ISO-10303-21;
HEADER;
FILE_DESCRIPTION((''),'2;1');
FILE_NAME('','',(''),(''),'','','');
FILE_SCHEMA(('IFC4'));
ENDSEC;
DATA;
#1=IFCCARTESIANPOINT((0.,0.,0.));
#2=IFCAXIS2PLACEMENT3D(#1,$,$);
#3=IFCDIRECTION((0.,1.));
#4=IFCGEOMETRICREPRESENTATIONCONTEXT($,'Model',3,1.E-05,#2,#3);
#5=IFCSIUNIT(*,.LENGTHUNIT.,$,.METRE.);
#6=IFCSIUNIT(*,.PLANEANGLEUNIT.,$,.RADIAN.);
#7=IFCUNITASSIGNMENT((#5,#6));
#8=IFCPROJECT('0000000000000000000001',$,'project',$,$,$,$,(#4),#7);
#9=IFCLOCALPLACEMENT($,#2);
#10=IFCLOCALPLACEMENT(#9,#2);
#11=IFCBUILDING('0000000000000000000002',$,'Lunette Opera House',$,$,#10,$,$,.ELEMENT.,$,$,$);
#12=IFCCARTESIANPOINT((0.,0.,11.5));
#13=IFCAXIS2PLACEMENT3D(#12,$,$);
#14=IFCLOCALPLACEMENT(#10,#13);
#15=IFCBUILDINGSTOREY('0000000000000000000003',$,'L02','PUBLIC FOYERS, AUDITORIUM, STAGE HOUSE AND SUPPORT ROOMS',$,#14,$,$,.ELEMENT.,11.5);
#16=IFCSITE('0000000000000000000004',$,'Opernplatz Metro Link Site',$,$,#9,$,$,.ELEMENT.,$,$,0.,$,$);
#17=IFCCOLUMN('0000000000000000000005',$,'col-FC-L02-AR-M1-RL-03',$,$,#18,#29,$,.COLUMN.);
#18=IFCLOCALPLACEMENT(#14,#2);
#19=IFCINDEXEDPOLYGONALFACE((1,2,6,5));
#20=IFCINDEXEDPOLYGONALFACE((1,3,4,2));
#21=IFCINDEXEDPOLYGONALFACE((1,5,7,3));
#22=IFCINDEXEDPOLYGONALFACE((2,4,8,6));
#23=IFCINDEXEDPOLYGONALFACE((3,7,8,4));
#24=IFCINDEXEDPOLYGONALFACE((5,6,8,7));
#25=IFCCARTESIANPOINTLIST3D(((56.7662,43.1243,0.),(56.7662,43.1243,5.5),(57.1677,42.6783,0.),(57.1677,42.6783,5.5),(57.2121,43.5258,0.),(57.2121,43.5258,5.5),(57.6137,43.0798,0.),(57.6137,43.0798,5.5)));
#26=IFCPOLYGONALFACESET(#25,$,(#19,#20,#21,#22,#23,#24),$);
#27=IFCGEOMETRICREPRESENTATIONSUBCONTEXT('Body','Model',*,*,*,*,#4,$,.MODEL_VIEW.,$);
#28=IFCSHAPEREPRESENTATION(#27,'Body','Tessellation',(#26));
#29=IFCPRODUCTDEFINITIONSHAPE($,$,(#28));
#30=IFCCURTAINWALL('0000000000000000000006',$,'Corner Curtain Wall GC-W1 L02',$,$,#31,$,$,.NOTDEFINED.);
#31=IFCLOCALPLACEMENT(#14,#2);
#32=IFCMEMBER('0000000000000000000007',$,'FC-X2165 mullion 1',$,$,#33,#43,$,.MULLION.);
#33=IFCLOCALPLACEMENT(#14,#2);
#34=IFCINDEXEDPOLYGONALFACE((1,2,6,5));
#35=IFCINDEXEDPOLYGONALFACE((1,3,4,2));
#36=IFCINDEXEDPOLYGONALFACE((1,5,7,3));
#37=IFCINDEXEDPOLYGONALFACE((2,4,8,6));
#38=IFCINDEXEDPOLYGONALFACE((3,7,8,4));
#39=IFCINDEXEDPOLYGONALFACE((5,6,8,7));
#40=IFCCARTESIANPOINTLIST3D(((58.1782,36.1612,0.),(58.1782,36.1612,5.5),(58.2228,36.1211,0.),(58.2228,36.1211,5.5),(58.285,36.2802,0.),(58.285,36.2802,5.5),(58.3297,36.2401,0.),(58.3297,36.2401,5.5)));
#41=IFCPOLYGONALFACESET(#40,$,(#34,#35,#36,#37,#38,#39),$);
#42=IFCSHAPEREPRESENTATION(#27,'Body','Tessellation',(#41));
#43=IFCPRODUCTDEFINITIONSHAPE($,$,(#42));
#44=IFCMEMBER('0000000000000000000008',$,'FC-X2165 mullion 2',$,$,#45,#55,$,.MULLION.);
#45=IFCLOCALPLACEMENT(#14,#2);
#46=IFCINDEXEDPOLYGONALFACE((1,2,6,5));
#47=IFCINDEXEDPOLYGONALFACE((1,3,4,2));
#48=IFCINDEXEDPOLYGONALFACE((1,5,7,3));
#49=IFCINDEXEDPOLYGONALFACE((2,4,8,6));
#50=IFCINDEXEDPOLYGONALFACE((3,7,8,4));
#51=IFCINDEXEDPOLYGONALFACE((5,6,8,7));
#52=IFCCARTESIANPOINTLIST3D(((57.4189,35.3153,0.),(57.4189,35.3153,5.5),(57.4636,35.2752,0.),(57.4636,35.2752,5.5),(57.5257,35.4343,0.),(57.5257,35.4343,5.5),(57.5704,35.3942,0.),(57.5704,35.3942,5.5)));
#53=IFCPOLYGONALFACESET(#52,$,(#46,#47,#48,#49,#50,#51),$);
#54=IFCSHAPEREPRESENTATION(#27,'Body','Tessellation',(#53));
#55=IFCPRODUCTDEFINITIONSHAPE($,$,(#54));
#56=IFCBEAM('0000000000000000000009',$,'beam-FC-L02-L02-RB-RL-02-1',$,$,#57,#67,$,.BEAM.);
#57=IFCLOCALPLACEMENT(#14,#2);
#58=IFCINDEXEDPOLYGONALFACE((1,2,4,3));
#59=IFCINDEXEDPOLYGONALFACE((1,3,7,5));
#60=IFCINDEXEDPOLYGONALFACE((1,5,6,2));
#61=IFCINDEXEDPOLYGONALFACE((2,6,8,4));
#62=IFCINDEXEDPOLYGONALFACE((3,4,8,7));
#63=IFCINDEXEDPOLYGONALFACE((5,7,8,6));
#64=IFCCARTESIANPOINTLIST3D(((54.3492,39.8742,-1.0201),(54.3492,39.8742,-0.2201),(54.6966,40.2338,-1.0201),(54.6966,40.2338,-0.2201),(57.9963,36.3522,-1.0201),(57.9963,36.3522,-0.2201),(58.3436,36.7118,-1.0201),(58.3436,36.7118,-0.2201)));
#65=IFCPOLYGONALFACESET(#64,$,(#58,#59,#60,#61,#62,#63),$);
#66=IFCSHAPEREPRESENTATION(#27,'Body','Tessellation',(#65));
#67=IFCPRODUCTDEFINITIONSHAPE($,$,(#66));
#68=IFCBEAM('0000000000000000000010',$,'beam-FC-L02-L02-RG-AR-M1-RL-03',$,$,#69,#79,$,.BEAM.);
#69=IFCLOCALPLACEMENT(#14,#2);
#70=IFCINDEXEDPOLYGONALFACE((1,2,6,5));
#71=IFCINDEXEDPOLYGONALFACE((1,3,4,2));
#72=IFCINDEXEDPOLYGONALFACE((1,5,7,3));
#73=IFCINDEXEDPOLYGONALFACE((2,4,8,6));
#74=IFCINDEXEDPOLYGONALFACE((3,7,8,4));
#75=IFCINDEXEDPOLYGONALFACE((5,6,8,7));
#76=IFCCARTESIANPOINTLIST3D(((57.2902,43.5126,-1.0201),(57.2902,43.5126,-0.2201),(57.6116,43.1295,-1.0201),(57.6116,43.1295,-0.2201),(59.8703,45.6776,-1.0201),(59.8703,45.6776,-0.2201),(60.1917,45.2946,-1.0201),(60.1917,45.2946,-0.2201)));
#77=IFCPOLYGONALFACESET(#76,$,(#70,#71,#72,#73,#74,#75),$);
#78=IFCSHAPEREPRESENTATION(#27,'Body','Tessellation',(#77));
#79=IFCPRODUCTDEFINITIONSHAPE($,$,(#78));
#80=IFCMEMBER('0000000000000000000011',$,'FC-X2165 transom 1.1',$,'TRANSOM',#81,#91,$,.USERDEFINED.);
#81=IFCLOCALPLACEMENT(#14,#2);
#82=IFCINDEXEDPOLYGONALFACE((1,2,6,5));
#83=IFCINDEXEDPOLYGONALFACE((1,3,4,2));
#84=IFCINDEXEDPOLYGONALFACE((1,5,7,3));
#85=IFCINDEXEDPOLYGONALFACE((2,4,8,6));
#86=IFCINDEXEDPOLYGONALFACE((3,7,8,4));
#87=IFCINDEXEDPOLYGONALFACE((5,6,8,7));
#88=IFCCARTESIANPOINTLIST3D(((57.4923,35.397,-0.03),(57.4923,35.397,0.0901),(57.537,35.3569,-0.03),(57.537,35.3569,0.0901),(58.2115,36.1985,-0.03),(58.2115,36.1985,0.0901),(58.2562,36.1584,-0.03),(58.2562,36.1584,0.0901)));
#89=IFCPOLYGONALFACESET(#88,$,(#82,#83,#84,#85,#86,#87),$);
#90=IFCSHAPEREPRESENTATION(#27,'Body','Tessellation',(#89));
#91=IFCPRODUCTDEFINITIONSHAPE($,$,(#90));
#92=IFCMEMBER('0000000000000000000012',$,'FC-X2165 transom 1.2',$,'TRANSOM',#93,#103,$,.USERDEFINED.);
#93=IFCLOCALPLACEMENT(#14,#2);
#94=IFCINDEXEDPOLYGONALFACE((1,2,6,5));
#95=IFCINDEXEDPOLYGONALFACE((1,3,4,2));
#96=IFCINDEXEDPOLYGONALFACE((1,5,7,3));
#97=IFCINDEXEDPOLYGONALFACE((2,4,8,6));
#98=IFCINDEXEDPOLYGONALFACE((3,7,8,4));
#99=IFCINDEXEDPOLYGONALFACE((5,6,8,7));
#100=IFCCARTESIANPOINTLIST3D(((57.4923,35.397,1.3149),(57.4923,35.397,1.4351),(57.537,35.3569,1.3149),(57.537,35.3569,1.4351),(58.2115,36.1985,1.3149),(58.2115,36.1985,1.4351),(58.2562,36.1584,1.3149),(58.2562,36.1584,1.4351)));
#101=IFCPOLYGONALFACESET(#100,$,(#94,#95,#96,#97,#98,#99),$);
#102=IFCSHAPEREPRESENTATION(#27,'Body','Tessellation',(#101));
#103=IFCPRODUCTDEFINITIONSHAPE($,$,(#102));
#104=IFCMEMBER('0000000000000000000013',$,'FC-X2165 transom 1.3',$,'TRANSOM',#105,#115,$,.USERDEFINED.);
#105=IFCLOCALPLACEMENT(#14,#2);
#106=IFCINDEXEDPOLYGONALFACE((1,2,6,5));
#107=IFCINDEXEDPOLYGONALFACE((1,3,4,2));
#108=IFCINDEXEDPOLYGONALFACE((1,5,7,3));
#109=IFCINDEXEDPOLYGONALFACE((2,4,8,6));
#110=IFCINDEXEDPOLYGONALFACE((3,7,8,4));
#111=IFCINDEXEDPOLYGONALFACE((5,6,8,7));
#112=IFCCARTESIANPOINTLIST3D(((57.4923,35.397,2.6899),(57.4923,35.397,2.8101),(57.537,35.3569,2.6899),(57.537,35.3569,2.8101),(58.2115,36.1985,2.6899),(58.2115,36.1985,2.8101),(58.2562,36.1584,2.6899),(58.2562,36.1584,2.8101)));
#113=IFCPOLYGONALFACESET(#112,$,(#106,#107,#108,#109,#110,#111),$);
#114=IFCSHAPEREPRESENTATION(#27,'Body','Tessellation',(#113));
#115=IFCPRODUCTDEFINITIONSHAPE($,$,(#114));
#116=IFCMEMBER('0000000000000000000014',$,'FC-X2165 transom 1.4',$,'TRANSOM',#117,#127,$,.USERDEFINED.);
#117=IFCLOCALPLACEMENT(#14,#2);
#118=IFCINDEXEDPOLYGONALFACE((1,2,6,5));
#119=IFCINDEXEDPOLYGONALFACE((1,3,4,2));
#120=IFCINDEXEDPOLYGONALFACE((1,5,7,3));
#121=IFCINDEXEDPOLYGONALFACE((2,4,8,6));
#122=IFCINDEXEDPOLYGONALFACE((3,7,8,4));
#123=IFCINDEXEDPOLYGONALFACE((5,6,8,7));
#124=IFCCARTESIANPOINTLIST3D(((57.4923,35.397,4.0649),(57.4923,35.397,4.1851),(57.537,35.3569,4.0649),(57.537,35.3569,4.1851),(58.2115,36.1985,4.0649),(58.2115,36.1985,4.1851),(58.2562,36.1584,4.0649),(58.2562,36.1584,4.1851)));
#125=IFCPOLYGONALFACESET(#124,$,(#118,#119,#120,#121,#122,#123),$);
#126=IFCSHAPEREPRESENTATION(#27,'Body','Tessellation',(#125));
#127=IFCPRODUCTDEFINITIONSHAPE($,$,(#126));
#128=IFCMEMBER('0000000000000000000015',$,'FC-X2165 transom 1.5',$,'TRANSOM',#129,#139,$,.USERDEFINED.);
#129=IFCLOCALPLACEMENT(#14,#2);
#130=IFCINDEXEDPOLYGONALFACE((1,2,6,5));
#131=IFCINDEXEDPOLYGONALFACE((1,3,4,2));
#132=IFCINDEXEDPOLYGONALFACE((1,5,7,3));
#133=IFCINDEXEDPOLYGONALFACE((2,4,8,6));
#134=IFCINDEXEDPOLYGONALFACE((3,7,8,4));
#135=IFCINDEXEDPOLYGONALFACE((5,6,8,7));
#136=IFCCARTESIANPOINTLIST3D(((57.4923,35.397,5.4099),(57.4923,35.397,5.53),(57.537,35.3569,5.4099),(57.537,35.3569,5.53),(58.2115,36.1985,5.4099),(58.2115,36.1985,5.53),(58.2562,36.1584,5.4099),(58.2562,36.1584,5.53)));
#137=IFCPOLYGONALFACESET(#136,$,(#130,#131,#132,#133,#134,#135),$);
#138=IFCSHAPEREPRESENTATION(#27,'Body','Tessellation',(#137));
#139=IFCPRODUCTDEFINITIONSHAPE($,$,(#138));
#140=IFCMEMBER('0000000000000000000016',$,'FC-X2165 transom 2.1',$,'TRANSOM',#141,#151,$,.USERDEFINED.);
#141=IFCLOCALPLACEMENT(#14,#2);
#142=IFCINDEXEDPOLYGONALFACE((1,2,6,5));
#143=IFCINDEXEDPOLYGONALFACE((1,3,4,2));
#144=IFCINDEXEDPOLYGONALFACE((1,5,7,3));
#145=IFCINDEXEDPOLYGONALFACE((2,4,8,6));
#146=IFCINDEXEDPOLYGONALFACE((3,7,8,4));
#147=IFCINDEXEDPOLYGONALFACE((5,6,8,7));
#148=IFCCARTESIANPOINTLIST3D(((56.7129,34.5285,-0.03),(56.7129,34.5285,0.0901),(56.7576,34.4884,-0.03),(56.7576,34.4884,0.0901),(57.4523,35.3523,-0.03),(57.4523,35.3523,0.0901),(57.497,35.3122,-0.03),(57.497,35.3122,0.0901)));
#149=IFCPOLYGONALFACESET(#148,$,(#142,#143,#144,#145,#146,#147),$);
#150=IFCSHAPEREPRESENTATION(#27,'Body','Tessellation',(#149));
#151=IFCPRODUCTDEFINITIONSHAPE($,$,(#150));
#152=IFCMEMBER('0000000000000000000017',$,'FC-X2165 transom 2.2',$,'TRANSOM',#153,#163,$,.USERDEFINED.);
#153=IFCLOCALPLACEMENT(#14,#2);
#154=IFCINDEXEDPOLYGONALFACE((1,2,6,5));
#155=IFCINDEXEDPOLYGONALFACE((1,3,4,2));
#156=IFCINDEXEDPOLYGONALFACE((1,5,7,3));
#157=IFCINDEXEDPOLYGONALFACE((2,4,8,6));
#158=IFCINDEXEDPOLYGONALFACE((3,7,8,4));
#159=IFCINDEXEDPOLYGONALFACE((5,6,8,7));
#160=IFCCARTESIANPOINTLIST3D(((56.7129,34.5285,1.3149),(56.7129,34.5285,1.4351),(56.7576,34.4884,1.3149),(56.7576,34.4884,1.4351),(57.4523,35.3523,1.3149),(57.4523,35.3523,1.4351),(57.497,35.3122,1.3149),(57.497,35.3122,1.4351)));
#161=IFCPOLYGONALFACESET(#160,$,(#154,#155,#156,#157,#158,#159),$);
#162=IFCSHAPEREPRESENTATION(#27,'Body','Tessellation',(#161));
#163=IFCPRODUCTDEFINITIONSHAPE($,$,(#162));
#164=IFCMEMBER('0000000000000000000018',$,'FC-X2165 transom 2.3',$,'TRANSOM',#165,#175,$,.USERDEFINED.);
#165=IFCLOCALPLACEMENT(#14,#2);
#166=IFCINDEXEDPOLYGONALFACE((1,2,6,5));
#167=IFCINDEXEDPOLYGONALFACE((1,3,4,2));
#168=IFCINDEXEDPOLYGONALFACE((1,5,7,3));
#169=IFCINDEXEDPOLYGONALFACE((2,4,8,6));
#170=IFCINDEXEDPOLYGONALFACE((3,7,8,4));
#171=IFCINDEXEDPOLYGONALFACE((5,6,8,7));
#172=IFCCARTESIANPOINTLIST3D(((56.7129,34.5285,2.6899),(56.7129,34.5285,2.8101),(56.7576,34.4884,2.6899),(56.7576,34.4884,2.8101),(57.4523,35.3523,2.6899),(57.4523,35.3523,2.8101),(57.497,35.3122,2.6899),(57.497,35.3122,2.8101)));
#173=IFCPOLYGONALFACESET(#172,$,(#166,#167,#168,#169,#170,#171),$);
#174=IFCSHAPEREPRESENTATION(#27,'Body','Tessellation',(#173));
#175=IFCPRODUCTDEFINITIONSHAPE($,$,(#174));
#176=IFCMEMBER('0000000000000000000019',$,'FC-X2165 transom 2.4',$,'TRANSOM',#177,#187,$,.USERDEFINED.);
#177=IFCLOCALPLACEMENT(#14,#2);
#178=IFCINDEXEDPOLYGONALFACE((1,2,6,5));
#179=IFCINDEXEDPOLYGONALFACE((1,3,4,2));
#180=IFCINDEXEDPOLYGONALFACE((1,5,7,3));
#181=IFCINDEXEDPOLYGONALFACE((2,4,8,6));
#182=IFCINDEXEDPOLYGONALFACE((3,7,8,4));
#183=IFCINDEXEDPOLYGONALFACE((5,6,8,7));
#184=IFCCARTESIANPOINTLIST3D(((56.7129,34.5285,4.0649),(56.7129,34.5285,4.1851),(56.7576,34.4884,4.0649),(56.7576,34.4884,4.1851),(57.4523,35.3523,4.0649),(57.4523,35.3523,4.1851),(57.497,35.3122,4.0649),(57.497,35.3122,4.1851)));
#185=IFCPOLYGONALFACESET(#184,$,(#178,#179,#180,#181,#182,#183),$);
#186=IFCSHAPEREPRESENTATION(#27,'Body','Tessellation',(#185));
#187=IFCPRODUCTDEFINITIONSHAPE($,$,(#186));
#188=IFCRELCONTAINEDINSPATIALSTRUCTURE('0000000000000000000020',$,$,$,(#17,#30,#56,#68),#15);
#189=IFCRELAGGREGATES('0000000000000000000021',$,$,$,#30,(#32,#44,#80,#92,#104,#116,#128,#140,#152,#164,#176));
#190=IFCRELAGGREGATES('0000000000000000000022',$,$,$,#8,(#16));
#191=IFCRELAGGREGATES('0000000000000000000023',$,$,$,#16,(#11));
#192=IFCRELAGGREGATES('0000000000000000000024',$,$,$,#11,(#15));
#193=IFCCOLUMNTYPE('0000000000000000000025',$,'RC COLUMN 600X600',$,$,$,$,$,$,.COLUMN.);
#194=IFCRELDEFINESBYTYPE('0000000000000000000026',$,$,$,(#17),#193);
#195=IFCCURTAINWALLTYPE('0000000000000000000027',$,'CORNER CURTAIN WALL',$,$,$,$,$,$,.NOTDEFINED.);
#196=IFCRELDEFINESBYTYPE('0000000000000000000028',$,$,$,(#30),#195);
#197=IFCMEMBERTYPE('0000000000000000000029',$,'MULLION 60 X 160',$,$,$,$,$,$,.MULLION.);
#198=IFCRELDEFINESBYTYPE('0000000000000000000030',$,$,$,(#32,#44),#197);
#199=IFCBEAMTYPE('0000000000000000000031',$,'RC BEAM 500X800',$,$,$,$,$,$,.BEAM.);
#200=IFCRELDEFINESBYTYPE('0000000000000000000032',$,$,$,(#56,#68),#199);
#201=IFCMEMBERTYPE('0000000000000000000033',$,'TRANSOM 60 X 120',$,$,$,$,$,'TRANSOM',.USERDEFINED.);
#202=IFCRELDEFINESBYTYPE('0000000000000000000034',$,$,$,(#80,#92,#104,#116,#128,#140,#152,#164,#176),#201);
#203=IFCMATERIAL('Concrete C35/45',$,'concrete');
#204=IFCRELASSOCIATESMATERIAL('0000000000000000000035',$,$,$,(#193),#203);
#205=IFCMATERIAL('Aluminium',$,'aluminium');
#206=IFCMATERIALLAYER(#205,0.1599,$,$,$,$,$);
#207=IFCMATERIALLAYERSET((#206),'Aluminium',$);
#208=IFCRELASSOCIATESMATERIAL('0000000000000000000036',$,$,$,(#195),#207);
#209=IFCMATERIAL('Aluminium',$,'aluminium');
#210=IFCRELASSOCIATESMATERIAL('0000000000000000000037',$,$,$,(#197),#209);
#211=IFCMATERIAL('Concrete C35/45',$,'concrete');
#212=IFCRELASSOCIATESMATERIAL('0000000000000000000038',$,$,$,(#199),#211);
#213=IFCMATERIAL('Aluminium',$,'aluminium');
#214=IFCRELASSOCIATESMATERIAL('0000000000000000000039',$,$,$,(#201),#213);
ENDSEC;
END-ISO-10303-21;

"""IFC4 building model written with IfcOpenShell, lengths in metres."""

from ifc_helpers import new_model, si_unit, direction, frame, origin, origin_2d, place, context, subcontext, project, spatial, rectangle, extrude, material, layer, layer_set, material_profile, profile_set, type_object, element, aggregate, save


model = new_model("IFC4")

# Units and contexts
model_context = context("Model", 3, precision=1e-05, world=origin(), true_north=direction((0.0, 1.0)))
body_context = subcontext(model_context, "Body", "Model", "MODEL_VIEW")
ifc_project = project(units=[si_unit("LENGTHUNIT", "METRE"), si_unit("PLANEANGLEUNIT", "RADIAN")], contexts=[model_context])

# Site, building, storey
site_placement = place(None, origin())
site = spatial("IfcSite", under=ifc_project, at=site_placement, Name="Opernplatz Metro Link Site", CompositionType="ELEMENT", RefElevation=0.0)
building_placement = place(site_placement, origin())
building = spatial("IfcBuilding", under=site, at=building_placement, Name="Lunette Opera House", CompositionType="ELEMENT")
storey_placement = place(building_placement, frame((0.0, 0.0, 11.5)))
storey = spatial("IfcBuildingStorey", under=building, at=storey_placement, Name="L02", Description="PUBLIC FOYERS, AUDITORIUM, STAGE HOUSE AND SUPPORT ROOMS", CompositionType="ELEMENT", Elevation=11.5)

# Column
ifc_material_1 = material(Name="Concrete C35/45", Category="concrete")
ifc_material_profile_1 = material_profile(ifc_material_1, rectangle(XDim=0.6001, YDim=0.6001, at=origin_2d()), Name="RC COLUMN 600X600")
ifc_profile_set_1 = profile_set([ifc_material_profile_1], Name="Concrete C35/45")
column_type = type_object("IfcColumnType", Name="RC COLUMN 600X600", PredefinedType="COLUMN", material=ifc_profile_set_1)
column_placement = place(storey_placement, frame((57.1899, 43.1021, 0.0), z_axis=(0.0, 0.0, 1.0), x_axis=(0.743145, 0.669131, 0.0)))
element("IfcColumn", 1, at=column_placement, inside=storey, type_object=column_type, Name="col-FC-L02-AR-M1-RL-03", PredefinedType="COLUMN", context=body_context, shape_type="SweptSolid", body=[
    extrude(rectangle(XDim=0.6001, YDim=0.6001, at=origin_2d()), origin(), (0.0, 0.0, 1.0), 5.5),
])

# Curtain wall, members
ifc_material_2 = material(Name="Aluminium", Category="aluminium")
ifc_layer_1 = layer(ifc_material_2, 0.1599)
ifc_layer_set_1 = layer_set([ifc_layer_1], Name="Aluminium")
curtain_wall_type = type_object("IfcCurtainWallType", Name="CORNER CURTAIN WALL", PredefinedType="NOTDEFINED", material=ifc_layer_set_1)
curtain_wall_placement = place(storey_placement, origin())
curtain_wall = element("IfcCurtainWall", 2, at=curtain_wall_placement, inside=storey, type_object=curtain_wall_type, Name="Corner Curtain Wall GC-W1 L02", PredefinedType="NOTDEFINED")
ifc_material_3 = material(Name="Aluminium", Category="aluminium")
ifc_material_profile_2 = material_profile(ifc_material_3, rectangle(XDim=0.0601, YDim=0.1599, at=origin_2d()), Name="MULLION 60 X 160")
ifc_profile_set_2 = profile_set([ifc_material_profile_2], Name="Aluminium")
member_type_1 = type_object("IfcMemberType", Name="MULLION 60 X 160", PredefinedType="MULLION", material=ifc_profile_set_2)
member_1_placement = place(storey_placement, frame((58.2539, 36.2007, 0.0), z_axis=(0.0, 0.0, 1.0), x_axis=(0.744217, -0.667938, 0.0)))
member_1 = element("IfcMember", 3, at=member_1_placement, type_object=member_type_1, Name="FC-X2165 mullion 1", PredefinedType="MULLION", context=body_context, shape_type="SweptSolid", body=[
    extrude(rectangle(XDim=0.0601, YDim=0.1599, at=origin_2d()), origin(), (0.0, 0.0, 1.0), 5.5),
])
member_2_placement = place(storey_placement, frame((57.4946, 35.3547, 0.0), z_axis=(0.0, 0.0, 1.0), x_axis=(0.744217, -0.667938, 0.0)))
member_2 = element("IfcMember", 4, at=member_2_placement, type_object=member_type_1, Name="FC-X2165 mullion 2", PredefinedType="MULLION", context=body_context, shape_type="SweptSolid", body=[
    extrude(rectangle(XDim=0.0601, YDim=0.1599, at=origin_2d()), origin(), (0.0, 0.0, 1.0), 5.5),
])

# Beams
ifc_material_4 = material(Name="Concrete C35/45", Category="concrete")
ifc_material_profile_3 = material_profile(ifc_material_4, rectangle(XDim=0.5, YDim=0.8, at=origin_2d()), Name="RC BEAM 500X800")
ifc_profile_set_3 = profile_set([ifc_material_profile_3], Name="Concrete C35/45")
beam_type = type_object("IfcBeamType", Name="RC BEAM 500X800", PredefinedType="BEAM", material=ifc_profile_set_3)
beam_1_placement = place(storey_placement, frame((58.1699, 36.532, -0.6201), z_axis=(-0.719327, 0.694672, 0.0), x_axis=(-0.694672, -0.719327, 0.0)))
element("IfcBeam", 5, at=beam_1_placement, inside=storey, type_object=beam_type, Name="beam-FC-L02-L02-RB-RL-02-1", PredefinedType="BEAM", context=body_context, shape_type="SweptSolid", body=[
    extrude(rectangle(XDim=0.5, YDim=0.8, at=origin_2d()), origin(), (0.0, 0.0, 1.0), 5.0701),
])
beam_2_placement = place(storey_placement, frame((57.4509, 43.321, -0.6201), z_axis=(0.76603, 0.642804, 0.0), x_axis=(-0.642804, 0.76603, 0.0)))
element("IfcBeam", 6, at=beam_2_placement, inside=storey, type_object=beam_type, Name="beam-FC-L02-L02-RG-AR-M1-RL-03", PredefinedType="BEAM", context=body_context, shape_type="SweptSolid", body=[
    extrude(rectangle(XDim=0.5, YDim=0.8, at=origin_2d()), origin(), (0.0, 0.0, 1.0), 3.3682),
])

# Members
ifc_material_5 = material(Name="Aluminium", Category="aluminium")
ifc_material_profile_4 = material_profile(ifc_material_5, rectangle(XDim=0.0601, YDim=0.1201, at=origin_2d()), Name="TRANSOM 60 X 120")
ifc_profile_set_4 = profile_set([ifc_material_profile_4], Name="Aluminium")
member_type_2 = type_object("IfcMemberType", Name="TRANSOM 60 X 120", ElementType="TRANSOM", PredefinedType="USERDEFINED", material=ifc_profile_set_4)
member_3_placement = place(storey_placement, frame((58.2339, 36.1785, 0.03), z_axis=(-0.667874, -0.744274, 0.0), x_axis=(0.744274, -0.667874, 0.0)))
member_3 = element("IfcMember", 7, at=member_3_placement, type_object=member_type_2, Name="FC-X2165 transom 1.1", ObjectType="TRANSOM", PredefinedType="USERDEFINED", context=body_context, shape_type="SweptSolid", body=[
    extrude(rectangle(XDim=0.0601, YDim=0.1201, at=origin_2d()), origin(), (0.0, 0.0, 1.0), 1.0769),
])
member_4_placement = place(storey_placement, frame((58.2339, 36.1785, 1.375), z_axis=(-0.667874, -0.744274, 0.0), x_axis=(0.744274, -0.667874, 0.0)))
member_4 = element("IfcMember", 8, at=member_4_placement, type_object=member_type_2, Name="FC-X2165 transom 1.2", ObjectType="TRANSOM", PredefinedType="USERDEFINED", context=body_context, shape_type="SweptSolid", body=[
    extrude(rectangle(XDim=0.0601, YDim=0.1201, at=origin_2d()), origin(), (0.0, 0.0, 1.0), 1.0769),
])
member_5_placement = place(storey_placement, frame((58.2339, 36.1785, 2.75), z_axis=(-0.667874, -0.744274, 0.0), x_axis=(0.744274, -0.667874, 0.0)))
member_5 = element("IfcMember", 9, at=member_5_placement, type_object=member_type_2, Name="FC-X2165 transom 1.3", ObjectType="TRANSOM", PredefinedType="USERDEFINED", context=body_context, shape_type="SweptSolid", body=[
    extrude(rectangle(XDim=0.0601, YDim=0.1201, at=origin_2d()), origin(), (0.0, 0.0, 1.0), 1.0769),
])
member_6_placement = place(storey_placement, frame((58.2339, 36.1785, 4.125), z_axis=(-0.667874, -0.744274, 0.0), x_axis=(0.744274, -0.667874, 0.0)))
member_6 = element("IfcMember", 10, at=member_6_placement, type_object=member_type_2, Name="FC-X2165 transom 1.4", ObjectType="TRANSOM", PredefinedType="USERDEFINED", context=body_context, shape_type="SweptSolid", body=[
    extrude(rectangle(XDim=0.0601, YDim=0.1201, at=origin_2d()), origin(), (0.0, 0.0, 1.0), 1.0769),
])
member_7_placement = place(storey_placement, frame((58.2339, 36.1785, 5.47), z_axis=(-0.667874, -0.744274, 0.0), x_axis=(0.744274, -0.667874, 0.0)))
member_7 = element("IfcMember", 11, at=member_7_placement, type_object=member_type_2, Name="FC-X2165 transom 1.5", ObjectType="TRANSOM", PredefinedType="USERDEFINED", context=body_context, shape_type="SweptSolid", body=[
    extrude(rectangle(XDim=0.0601, YDim=0.1201, at=origin_2d()), origin(), (0.0, 0.0, 1.0), 1.0769),
])
member_8_placement = place(storey_placement, frame((57.4746, 35.3323, 0.03), z_axis=(-0.667916, -0.744237, 0.0), x_axis=(0.744237, -0.667916, 0.0)))
member_8 = element("IfcMember", 12, at=member_8_placement, type_object=member_type_2, Name="FC-X2165 transom 2.1", ObjectType="TRANSOM", PredefinedType="USERDEFINED", context=body_context, shape_type="SweptSolid", body=[
    extrude(rectangle(XDim=0.0601, YDim=0.1201, at=origin_2d()), origin(), (0.0, 0.0, 1.0), 1.1069),
])
member_9_placement = place(storey_placement, frame((57.4746, 35.3323, 1.375), z_axis=(-0.667916, -0.744237, 0.0), x_axis=(0.744237, -0.667916, 0.0)))
member_9 = element("IfcMember", 13, at=member_9_placement, type_object=member_type_2, Name="FC-X2165 transom 2.2", ObjectType="TRANSOM", PredefinedType="USERDEFINED", context=body_context, shape_type="SweptSolid", body=[
    extrude(rectangle(XDim=0.0601, YDim=0.1201, at=origin_2d()), origin(), (0.0, 0.0, 1.0), 1.1069),
])
member_10_placement = place(storey_placement, frame((57.4746, 35.3323, 2.75), z_axis=(-0.667916, -0.744237, 0.0), x_axis=(0.744237, -0.667916, 0.0)))
member_10 = element("IfcMember", 14, at=member_10_placement, type_object=member_type_2, Name="FC-X2165 transom 2.3", ObjectType="TRANSOM", PredefinedType="USERDEFINED", context=body_context, shape_type="SweptSolid", body=[
    extrude(rectangle(XDim=0.0601, YDim=0.1201, at=origin_2d()), origin(), (0.0, 0.0, 1.0), 1.1069),
])
member_11_placement = place(storey_placement, frame((57.4746, 35.3323, 4.125), z_axis=(-0.667916, -0.744237, 0.0), x_axis=(0.744237, -0.667916, 0.0)))
member_11 = element("IfcMember", 15, at=member_11_placement, type_object=member_type_2, Name="FC-X2165 transom 2.4", ObjectType="TRANSOM", PredefinedType="USERDEFINED", context=body_context, shape_type="SweptSolid", body=[
    extrude(rectangle(XDim=0.0601, YDim=0.1201, at=origin_2d()), origin(), (0.0, 0.0, 1.0), 1.1069),
])

aggregate(curtain_wall, [member_1, member_2, member_3, member_4, member_5, member_6, member_7, member_8, member_9, member_10, member_11])

save(model, "model.ifc")
